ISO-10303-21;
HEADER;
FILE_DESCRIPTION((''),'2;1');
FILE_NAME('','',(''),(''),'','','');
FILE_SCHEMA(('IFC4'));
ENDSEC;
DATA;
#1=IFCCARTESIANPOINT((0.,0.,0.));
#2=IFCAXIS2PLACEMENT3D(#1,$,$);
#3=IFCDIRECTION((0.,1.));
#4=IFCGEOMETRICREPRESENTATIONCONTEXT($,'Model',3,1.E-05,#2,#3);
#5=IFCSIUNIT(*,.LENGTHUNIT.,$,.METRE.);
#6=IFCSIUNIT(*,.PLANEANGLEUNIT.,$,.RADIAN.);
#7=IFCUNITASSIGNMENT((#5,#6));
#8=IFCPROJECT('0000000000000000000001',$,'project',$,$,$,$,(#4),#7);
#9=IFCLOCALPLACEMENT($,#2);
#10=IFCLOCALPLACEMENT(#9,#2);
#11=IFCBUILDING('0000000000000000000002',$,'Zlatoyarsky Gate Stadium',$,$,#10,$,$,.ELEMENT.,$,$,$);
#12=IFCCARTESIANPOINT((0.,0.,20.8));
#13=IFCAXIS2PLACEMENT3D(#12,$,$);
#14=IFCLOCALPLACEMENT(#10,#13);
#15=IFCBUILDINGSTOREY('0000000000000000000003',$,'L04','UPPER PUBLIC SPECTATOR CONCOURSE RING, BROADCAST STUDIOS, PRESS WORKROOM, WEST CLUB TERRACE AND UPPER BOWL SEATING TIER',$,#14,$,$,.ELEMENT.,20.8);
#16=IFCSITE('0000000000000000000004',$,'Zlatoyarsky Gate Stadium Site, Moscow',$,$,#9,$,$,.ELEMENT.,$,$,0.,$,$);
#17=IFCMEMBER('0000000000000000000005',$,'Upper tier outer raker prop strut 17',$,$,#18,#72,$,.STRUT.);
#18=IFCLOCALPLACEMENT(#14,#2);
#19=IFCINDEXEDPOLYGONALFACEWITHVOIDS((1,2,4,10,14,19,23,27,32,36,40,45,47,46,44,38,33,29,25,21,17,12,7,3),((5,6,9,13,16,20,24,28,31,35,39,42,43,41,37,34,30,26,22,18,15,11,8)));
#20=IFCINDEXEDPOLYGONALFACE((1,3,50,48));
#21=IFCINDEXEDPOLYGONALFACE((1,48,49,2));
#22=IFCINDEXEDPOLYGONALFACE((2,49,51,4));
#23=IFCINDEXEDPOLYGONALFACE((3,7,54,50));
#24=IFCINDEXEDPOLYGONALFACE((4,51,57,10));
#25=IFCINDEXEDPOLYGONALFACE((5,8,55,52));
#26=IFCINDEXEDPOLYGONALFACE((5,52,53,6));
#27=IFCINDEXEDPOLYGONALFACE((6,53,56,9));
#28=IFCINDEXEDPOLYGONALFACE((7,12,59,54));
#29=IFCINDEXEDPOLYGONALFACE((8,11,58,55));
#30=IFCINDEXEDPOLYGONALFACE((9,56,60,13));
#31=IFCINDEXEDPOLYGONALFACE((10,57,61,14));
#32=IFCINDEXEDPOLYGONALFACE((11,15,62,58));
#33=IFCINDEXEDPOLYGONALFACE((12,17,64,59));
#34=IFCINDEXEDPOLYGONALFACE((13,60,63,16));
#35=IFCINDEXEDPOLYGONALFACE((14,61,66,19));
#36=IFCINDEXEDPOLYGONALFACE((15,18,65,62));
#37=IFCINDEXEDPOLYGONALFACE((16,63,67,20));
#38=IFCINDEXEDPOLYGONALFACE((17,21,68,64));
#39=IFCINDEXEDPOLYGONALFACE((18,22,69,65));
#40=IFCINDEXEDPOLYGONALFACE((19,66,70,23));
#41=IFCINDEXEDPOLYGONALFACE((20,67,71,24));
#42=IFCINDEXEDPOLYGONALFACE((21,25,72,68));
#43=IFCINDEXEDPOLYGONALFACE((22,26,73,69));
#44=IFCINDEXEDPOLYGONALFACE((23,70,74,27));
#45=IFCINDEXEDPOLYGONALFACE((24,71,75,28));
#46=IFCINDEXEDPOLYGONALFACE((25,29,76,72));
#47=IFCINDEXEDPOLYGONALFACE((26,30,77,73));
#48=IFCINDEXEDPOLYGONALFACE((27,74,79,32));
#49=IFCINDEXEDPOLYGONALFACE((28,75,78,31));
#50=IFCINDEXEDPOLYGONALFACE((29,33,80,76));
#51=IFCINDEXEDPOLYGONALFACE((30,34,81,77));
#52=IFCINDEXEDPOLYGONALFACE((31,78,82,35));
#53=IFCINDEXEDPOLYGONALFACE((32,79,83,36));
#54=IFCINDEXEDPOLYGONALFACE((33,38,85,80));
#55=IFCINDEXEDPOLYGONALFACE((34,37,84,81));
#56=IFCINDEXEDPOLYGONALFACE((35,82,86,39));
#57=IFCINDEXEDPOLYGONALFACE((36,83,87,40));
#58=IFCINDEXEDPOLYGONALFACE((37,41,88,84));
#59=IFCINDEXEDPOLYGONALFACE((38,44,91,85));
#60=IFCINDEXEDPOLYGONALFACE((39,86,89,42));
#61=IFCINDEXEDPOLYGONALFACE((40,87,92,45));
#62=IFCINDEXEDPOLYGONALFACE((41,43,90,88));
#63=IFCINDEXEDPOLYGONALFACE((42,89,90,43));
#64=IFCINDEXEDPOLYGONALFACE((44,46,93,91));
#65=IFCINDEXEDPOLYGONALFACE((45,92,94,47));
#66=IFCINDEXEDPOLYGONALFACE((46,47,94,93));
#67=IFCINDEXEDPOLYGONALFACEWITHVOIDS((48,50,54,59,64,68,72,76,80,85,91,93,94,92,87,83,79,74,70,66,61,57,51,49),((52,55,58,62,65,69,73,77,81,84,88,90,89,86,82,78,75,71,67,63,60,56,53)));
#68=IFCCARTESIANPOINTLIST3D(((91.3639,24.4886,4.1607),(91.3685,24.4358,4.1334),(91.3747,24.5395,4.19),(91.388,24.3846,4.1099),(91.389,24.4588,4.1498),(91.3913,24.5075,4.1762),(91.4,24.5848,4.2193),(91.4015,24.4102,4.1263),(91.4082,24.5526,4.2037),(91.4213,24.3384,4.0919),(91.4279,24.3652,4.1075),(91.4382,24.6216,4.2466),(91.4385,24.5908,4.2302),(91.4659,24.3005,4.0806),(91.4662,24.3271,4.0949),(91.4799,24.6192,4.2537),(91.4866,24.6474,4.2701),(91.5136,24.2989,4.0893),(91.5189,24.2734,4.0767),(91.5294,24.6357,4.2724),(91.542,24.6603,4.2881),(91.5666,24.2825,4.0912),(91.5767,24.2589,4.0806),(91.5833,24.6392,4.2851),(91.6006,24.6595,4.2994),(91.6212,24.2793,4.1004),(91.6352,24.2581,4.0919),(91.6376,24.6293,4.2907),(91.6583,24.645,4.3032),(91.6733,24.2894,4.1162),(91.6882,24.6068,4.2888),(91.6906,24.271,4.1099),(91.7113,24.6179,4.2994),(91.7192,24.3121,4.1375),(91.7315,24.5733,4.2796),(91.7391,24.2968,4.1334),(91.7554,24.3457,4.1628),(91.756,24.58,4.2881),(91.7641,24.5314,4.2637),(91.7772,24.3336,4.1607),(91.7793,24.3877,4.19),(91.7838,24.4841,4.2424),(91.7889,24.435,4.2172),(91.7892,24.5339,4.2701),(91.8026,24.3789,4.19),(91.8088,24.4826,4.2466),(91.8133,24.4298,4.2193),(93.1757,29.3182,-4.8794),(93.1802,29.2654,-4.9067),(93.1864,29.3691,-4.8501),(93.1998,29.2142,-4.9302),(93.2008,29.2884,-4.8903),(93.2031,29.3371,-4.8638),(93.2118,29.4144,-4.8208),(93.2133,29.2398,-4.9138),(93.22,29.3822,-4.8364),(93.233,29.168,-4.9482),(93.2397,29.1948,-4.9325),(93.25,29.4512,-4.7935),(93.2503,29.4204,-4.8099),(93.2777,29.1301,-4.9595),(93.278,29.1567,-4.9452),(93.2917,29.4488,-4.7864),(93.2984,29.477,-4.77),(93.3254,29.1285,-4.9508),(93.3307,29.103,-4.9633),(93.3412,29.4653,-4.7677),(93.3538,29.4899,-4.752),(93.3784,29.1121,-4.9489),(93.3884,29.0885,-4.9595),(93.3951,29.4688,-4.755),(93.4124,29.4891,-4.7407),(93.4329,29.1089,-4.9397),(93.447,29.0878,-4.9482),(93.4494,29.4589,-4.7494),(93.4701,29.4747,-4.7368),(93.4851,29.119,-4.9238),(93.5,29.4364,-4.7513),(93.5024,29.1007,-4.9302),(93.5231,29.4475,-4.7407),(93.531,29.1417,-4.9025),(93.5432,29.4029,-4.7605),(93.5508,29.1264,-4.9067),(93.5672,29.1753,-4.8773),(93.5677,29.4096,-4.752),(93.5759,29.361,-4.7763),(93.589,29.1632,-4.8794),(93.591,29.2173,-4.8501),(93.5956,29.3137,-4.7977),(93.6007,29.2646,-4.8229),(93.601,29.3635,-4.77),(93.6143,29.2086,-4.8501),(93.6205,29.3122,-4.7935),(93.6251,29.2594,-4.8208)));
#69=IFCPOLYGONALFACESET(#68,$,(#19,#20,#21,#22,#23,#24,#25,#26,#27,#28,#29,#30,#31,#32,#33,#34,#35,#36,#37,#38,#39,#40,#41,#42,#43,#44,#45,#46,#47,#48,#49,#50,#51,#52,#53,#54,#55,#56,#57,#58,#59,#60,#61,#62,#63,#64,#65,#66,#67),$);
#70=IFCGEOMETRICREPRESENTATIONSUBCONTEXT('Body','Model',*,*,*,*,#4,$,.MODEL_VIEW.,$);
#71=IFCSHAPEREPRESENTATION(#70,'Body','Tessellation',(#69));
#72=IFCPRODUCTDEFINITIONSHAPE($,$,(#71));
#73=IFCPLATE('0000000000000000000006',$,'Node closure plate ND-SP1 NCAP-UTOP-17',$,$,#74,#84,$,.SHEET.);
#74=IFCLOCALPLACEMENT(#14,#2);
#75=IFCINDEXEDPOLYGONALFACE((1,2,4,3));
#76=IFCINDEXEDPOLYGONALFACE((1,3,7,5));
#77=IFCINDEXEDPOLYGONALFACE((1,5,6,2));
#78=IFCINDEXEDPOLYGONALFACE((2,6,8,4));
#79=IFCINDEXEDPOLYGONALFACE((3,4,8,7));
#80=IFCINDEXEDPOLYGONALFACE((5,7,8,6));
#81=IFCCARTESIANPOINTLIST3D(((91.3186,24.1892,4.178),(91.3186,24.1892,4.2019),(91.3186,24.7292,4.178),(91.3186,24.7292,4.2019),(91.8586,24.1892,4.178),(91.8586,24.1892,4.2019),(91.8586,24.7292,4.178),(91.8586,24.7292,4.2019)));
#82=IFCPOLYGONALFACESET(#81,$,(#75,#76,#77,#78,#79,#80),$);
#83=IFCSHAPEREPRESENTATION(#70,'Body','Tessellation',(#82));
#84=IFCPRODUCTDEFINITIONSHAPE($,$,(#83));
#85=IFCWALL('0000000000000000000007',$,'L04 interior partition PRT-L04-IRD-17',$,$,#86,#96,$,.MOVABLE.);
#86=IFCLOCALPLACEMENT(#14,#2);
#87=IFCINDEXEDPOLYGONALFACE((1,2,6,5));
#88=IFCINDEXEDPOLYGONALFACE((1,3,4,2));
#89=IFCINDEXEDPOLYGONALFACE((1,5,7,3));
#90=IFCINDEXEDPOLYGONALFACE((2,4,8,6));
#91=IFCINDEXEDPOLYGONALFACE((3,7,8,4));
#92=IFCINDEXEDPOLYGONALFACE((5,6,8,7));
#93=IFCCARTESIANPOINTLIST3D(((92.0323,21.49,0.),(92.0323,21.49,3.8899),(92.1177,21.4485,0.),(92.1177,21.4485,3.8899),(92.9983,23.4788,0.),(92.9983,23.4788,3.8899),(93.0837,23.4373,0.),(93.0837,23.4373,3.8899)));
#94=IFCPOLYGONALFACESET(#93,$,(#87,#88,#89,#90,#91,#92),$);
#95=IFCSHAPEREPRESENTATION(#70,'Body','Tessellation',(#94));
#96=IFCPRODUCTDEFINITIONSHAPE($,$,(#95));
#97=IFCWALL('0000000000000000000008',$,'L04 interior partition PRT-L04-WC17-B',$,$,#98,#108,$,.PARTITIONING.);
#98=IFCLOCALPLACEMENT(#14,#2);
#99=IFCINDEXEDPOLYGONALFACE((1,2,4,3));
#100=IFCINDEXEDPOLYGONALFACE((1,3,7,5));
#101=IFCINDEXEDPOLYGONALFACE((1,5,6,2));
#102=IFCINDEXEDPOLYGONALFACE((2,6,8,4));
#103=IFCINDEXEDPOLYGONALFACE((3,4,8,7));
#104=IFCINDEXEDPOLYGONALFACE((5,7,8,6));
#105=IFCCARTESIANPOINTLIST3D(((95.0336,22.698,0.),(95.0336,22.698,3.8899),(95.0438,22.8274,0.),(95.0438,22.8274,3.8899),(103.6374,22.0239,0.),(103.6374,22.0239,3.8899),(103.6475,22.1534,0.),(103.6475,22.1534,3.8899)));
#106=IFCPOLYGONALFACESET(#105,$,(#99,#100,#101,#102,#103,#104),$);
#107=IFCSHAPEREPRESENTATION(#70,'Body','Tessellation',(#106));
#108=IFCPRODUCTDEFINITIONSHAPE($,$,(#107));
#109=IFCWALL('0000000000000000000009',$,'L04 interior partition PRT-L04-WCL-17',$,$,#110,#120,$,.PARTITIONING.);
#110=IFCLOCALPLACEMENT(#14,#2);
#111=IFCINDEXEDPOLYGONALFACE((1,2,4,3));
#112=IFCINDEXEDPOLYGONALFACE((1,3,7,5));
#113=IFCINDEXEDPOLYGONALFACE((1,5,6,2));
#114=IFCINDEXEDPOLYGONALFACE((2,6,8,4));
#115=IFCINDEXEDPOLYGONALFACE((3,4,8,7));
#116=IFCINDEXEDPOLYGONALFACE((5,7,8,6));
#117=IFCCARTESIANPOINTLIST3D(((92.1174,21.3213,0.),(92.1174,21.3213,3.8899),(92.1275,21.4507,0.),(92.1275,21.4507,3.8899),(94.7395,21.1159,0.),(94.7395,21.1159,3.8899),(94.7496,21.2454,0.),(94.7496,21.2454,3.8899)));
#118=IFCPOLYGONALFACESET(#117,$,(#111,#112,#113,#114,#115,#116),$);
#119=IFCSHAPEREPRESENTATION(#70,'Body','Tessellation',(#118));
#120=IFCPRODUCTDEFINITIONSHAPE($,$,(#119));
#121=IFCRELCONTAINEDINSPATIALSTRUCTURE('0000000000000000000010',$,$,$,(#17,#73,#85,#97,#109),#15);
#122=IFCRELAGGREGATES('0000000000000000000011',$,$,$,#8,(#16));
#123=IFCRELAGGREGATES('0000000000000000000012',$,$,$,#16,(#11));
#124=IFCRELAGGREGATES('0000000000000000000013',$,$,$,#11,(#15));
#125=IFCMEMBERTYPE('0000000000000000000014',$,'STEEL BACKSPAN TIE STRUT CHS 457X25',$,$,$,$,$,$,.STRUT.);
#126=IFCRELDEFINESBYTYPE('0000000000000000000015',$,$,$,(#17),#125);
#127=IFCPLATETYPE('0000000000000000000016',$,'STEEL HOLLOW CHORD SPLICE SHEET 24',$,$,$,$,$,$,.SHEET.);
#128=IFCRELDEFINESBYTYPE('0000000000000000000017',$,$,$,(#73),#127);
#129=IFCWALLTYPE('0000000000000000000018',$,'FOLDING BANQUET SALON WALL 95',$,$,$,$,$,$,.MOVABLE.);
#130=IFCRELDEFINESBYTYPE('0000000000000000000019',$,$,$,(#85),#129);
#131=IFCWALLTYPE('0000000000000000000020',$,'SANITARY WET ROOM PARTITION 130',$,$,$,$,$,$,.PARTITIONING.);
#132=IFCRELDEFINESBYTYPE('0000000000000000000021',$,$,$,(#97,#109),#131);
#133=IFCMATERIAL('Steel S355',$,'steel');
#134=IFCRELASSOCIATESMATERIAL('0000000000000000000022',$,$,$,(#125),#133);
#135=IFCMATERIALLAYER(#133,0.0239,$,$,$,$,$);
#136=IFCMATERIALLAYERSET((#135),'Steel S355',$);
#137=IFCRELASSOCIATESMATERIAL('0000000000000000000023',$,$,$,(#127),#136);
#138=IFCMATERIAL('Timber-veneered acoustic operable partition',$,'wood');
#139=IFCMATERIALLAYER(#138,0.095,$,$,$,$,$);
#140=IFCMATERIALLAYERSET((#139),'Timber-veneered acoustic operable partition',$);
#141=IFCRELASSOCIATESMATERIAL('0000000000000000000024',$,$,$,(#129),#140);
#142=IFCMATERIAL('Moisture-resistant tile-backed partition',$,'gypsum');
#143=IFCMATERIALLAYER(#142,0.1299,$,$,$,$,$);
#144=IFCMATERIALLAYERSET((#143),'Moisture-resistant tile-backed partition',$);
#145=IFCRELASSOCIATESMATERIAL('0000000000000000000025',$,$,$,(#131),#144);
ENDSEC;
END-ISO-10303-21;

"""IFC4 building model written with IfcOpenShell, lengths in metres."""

from ifc_helpers import new_model, si_unit, direction, frame, frame_2d, origin, origin_2d, place, context, subcontext, project, spatial, rectangle, hollow_circle, extrude, material, layer, layer_set, material_profile, profile_set, type_object, element, save


model = new_model("IFC4")

# Units and contexts
model_context = context("Model", 3, precision=1e-05, world=origin(), true_north=direction((0.0, 1.0)))
body_context = subcontext(model_context, "Body", "Model", "MODEL_VIEW")
ifc_project = project(units=[si_unit("LENGTHUNIT", "METRE"), si_unit("PLANEANGLEUNIT", "RADIAN")], contexts=[model_context])

# Site, building, storey
site_placement = place(None, origin())
site = spatial("IfcSite", under=ifc_project, at=site_placement, Name="Zlatoyarsky Gate Stadium Site, Moscow", CompositionType="ELEMENT", RefElevation=0.0)
building_placement = place(site_placement, origin())
building = spatial("IfcBuilding", under=site, at=building_placement, Name="Zlatoyarsky Gate Stadium", CompositionType="ELEMENT")
storey_placement = place(building_placement, frame((0.0, 0.0, 20.8)))
storey = spatial("IfcBuildingStorey", under=building, at=storey_placement, Name="L04", Description="UPPER PUBLIC SPECTATOR CONCOURSE RING, BROADCAST STUDIOS, PRESS WORKROOM, WEST CLUB TERRACE AND UPPER BOWL SEATING TIER", CompositionType="ELEMENT", Elevation=20.8)

# Member
ifc_material_1 = material(Name="Steel S355", Category="steel")
ifc_material_profile_1 = material_profile(ifc_material_1, hollow_circle(Radius=0.2285, WallThickness=0.0249, at=origin_2d()), Name="CHS 457X25")
ifc_profile_set_1 = profile_set([ifc_material_profile_1], Name="Steel S355")
member_type = type_object("IfcMemberType", Name="STEEL BACKSPAN TIE STRUT CHS 457X25", PredefinedType="STRUT", material=ifc_profile_set_1)
member_placement = place(storey_placement, frame((93.4004, 29.2888, -4.8501), z_axis=(-0.174072, -0.46402, 0.868553), x_axis=(0.936286, -0.351238, 0.0)))
element("IfcMember", 1, at=member_placement, inside=storey, type_object=member_type, Name="Upper tier outer raker prop strut 17", PredefinedType="STRUT", context=body_context, shape_type="SweptSolid", body=[
    extrude(hollow_circle(Radius=0.2285, WallThickness=0.0249, at=origin_2d()), origin(), (0.0, 0.0, 1.0), 10.4082),
])

# Plate
ifc_layer_1 = layer(ifc_material_1, 0.0239)
ifc_layer_set_1 = layer_set([ifc_layer_1], Name="Steel S355")
plate_type = type_object("IfcPlateType", Name="STEEL HOLLOW CHORD SPLICE SHEET 24", PredefinedType="SHEET", material=ifc_layer_set_1)
plate_placement = place(storey_placement, frame((91.5886, 24.4592, 4.178), z_axis=(0.0, 0.0, 1.0), x_axis=(1.0, 0.0, 0.0)))
element("IfcPlate", 2, at=plate_placement, inside=storey, type_object=plate_type, Name="Node closure plate ND-SP1 NCAP-UTOP-17", PredefinedType="SHEET", context=body_context, shape_type="SweptSolid", body=[
    extrude(rectangle(XDim=0.54, YDim=0.54, at=origin_2d()), origin(), (0.0, 0.0, 1.0), 0.0239),
])

# Walls
ifc_material_2 = material(Name="Timber-veneered acoustic operable partition", Category="wood")
ifc_layer_2 = layer(ifc_material_2, 0.095)
ifc_layer_set_2 = layer_set([ifc_layer_2], Name="Timber-veneered acoustic operable partition")
wall_type_1 = type_object("IfcWallType", Name="FOLDING BANQUET SALON WALL 95", PredefinedType="MOVABLE", material=ifc_layer_set_2)
wall_1_placement = place(storey_placement, frame((93.041, 23.458, 0.0), z_axis=(0.0, 0.0, 1.0), x_axis=(-0.436937, -0.899492, 0.0)))
element("IfcWall", 3, at=wall_1_placement, inside=storey, type_object=wall_type_1, Name="L04 interior partition PRT-L04-IRD-17", PredefinedType="MOVABLE", context=body_context, shape_type="SweptSolid", body=[
    extrude(rectangle(XDim=2.2109, YDim=0.095, at=frame_2d((1.1055, 0.0))), origin(), (0.0, 0.0, 1.0), 3.8899),
])
ifc_material_3 = material(Name="Moisture-resistant tile-backed partition", Category="gypsum")
ifc_layer_3 = layer(ifc_material_3, 0.1299)
ifc_layer_set_3 = layer_set([ifc_layer_3], Name="Moisture-resistant tile-backed partition")
wall_type_2 = type_object("IfcWallType", Name="SANITARY WET ROOM PARTITION 130", PredefinedType="PARTITIONING", material=ifc_layer_set_3)
wall_2_placement = place(storey_placement, frame((95.0388, 22.7627, 0.0), z_axis=(0.0, 0.0, 1.0), x_axis=(0.996945, -0.078107, 0.0)))
element("IfcWall", 4, at=wall_2_placement, inside=storey, type_object=wall_type_2, Name="L04 interior partition PRT-L04-WC17-B", PredefinedType="PARTITIONING", context=body_context, shape_type="SweptSolid", body=[
    extrude(rectangle(XDim=8.6301, YDim=0.1299, at=frame_2d((4.3149, 0.0))), origin(), (0.0, 0.0, 1.0), 3.8899),
])
wall_3_placement = place(storey_placement, frame((92.1226, 21.386, 0.0), z_axis=(0.0, 0.0, 1.0), x_axis=(0.996948, -0.078066, 0.0)))
element("IfcWall", 5, at=wall_3_placement, inside=storey, type_object=wall_type_2, Name="L04 interior partition PRT-L04-WCL-17", PredefinedType="PARTITIONING", context=body_context, shape_type="SweptSolid", body=[
    extrude(rectangle(XDim=2.6301, YDim=0.1299, at=frame_2d((1.3149, 0.0))), origin(), (0.0, 0.0, 1.0), 3.8899),
])

save(model, "model.ifc")
